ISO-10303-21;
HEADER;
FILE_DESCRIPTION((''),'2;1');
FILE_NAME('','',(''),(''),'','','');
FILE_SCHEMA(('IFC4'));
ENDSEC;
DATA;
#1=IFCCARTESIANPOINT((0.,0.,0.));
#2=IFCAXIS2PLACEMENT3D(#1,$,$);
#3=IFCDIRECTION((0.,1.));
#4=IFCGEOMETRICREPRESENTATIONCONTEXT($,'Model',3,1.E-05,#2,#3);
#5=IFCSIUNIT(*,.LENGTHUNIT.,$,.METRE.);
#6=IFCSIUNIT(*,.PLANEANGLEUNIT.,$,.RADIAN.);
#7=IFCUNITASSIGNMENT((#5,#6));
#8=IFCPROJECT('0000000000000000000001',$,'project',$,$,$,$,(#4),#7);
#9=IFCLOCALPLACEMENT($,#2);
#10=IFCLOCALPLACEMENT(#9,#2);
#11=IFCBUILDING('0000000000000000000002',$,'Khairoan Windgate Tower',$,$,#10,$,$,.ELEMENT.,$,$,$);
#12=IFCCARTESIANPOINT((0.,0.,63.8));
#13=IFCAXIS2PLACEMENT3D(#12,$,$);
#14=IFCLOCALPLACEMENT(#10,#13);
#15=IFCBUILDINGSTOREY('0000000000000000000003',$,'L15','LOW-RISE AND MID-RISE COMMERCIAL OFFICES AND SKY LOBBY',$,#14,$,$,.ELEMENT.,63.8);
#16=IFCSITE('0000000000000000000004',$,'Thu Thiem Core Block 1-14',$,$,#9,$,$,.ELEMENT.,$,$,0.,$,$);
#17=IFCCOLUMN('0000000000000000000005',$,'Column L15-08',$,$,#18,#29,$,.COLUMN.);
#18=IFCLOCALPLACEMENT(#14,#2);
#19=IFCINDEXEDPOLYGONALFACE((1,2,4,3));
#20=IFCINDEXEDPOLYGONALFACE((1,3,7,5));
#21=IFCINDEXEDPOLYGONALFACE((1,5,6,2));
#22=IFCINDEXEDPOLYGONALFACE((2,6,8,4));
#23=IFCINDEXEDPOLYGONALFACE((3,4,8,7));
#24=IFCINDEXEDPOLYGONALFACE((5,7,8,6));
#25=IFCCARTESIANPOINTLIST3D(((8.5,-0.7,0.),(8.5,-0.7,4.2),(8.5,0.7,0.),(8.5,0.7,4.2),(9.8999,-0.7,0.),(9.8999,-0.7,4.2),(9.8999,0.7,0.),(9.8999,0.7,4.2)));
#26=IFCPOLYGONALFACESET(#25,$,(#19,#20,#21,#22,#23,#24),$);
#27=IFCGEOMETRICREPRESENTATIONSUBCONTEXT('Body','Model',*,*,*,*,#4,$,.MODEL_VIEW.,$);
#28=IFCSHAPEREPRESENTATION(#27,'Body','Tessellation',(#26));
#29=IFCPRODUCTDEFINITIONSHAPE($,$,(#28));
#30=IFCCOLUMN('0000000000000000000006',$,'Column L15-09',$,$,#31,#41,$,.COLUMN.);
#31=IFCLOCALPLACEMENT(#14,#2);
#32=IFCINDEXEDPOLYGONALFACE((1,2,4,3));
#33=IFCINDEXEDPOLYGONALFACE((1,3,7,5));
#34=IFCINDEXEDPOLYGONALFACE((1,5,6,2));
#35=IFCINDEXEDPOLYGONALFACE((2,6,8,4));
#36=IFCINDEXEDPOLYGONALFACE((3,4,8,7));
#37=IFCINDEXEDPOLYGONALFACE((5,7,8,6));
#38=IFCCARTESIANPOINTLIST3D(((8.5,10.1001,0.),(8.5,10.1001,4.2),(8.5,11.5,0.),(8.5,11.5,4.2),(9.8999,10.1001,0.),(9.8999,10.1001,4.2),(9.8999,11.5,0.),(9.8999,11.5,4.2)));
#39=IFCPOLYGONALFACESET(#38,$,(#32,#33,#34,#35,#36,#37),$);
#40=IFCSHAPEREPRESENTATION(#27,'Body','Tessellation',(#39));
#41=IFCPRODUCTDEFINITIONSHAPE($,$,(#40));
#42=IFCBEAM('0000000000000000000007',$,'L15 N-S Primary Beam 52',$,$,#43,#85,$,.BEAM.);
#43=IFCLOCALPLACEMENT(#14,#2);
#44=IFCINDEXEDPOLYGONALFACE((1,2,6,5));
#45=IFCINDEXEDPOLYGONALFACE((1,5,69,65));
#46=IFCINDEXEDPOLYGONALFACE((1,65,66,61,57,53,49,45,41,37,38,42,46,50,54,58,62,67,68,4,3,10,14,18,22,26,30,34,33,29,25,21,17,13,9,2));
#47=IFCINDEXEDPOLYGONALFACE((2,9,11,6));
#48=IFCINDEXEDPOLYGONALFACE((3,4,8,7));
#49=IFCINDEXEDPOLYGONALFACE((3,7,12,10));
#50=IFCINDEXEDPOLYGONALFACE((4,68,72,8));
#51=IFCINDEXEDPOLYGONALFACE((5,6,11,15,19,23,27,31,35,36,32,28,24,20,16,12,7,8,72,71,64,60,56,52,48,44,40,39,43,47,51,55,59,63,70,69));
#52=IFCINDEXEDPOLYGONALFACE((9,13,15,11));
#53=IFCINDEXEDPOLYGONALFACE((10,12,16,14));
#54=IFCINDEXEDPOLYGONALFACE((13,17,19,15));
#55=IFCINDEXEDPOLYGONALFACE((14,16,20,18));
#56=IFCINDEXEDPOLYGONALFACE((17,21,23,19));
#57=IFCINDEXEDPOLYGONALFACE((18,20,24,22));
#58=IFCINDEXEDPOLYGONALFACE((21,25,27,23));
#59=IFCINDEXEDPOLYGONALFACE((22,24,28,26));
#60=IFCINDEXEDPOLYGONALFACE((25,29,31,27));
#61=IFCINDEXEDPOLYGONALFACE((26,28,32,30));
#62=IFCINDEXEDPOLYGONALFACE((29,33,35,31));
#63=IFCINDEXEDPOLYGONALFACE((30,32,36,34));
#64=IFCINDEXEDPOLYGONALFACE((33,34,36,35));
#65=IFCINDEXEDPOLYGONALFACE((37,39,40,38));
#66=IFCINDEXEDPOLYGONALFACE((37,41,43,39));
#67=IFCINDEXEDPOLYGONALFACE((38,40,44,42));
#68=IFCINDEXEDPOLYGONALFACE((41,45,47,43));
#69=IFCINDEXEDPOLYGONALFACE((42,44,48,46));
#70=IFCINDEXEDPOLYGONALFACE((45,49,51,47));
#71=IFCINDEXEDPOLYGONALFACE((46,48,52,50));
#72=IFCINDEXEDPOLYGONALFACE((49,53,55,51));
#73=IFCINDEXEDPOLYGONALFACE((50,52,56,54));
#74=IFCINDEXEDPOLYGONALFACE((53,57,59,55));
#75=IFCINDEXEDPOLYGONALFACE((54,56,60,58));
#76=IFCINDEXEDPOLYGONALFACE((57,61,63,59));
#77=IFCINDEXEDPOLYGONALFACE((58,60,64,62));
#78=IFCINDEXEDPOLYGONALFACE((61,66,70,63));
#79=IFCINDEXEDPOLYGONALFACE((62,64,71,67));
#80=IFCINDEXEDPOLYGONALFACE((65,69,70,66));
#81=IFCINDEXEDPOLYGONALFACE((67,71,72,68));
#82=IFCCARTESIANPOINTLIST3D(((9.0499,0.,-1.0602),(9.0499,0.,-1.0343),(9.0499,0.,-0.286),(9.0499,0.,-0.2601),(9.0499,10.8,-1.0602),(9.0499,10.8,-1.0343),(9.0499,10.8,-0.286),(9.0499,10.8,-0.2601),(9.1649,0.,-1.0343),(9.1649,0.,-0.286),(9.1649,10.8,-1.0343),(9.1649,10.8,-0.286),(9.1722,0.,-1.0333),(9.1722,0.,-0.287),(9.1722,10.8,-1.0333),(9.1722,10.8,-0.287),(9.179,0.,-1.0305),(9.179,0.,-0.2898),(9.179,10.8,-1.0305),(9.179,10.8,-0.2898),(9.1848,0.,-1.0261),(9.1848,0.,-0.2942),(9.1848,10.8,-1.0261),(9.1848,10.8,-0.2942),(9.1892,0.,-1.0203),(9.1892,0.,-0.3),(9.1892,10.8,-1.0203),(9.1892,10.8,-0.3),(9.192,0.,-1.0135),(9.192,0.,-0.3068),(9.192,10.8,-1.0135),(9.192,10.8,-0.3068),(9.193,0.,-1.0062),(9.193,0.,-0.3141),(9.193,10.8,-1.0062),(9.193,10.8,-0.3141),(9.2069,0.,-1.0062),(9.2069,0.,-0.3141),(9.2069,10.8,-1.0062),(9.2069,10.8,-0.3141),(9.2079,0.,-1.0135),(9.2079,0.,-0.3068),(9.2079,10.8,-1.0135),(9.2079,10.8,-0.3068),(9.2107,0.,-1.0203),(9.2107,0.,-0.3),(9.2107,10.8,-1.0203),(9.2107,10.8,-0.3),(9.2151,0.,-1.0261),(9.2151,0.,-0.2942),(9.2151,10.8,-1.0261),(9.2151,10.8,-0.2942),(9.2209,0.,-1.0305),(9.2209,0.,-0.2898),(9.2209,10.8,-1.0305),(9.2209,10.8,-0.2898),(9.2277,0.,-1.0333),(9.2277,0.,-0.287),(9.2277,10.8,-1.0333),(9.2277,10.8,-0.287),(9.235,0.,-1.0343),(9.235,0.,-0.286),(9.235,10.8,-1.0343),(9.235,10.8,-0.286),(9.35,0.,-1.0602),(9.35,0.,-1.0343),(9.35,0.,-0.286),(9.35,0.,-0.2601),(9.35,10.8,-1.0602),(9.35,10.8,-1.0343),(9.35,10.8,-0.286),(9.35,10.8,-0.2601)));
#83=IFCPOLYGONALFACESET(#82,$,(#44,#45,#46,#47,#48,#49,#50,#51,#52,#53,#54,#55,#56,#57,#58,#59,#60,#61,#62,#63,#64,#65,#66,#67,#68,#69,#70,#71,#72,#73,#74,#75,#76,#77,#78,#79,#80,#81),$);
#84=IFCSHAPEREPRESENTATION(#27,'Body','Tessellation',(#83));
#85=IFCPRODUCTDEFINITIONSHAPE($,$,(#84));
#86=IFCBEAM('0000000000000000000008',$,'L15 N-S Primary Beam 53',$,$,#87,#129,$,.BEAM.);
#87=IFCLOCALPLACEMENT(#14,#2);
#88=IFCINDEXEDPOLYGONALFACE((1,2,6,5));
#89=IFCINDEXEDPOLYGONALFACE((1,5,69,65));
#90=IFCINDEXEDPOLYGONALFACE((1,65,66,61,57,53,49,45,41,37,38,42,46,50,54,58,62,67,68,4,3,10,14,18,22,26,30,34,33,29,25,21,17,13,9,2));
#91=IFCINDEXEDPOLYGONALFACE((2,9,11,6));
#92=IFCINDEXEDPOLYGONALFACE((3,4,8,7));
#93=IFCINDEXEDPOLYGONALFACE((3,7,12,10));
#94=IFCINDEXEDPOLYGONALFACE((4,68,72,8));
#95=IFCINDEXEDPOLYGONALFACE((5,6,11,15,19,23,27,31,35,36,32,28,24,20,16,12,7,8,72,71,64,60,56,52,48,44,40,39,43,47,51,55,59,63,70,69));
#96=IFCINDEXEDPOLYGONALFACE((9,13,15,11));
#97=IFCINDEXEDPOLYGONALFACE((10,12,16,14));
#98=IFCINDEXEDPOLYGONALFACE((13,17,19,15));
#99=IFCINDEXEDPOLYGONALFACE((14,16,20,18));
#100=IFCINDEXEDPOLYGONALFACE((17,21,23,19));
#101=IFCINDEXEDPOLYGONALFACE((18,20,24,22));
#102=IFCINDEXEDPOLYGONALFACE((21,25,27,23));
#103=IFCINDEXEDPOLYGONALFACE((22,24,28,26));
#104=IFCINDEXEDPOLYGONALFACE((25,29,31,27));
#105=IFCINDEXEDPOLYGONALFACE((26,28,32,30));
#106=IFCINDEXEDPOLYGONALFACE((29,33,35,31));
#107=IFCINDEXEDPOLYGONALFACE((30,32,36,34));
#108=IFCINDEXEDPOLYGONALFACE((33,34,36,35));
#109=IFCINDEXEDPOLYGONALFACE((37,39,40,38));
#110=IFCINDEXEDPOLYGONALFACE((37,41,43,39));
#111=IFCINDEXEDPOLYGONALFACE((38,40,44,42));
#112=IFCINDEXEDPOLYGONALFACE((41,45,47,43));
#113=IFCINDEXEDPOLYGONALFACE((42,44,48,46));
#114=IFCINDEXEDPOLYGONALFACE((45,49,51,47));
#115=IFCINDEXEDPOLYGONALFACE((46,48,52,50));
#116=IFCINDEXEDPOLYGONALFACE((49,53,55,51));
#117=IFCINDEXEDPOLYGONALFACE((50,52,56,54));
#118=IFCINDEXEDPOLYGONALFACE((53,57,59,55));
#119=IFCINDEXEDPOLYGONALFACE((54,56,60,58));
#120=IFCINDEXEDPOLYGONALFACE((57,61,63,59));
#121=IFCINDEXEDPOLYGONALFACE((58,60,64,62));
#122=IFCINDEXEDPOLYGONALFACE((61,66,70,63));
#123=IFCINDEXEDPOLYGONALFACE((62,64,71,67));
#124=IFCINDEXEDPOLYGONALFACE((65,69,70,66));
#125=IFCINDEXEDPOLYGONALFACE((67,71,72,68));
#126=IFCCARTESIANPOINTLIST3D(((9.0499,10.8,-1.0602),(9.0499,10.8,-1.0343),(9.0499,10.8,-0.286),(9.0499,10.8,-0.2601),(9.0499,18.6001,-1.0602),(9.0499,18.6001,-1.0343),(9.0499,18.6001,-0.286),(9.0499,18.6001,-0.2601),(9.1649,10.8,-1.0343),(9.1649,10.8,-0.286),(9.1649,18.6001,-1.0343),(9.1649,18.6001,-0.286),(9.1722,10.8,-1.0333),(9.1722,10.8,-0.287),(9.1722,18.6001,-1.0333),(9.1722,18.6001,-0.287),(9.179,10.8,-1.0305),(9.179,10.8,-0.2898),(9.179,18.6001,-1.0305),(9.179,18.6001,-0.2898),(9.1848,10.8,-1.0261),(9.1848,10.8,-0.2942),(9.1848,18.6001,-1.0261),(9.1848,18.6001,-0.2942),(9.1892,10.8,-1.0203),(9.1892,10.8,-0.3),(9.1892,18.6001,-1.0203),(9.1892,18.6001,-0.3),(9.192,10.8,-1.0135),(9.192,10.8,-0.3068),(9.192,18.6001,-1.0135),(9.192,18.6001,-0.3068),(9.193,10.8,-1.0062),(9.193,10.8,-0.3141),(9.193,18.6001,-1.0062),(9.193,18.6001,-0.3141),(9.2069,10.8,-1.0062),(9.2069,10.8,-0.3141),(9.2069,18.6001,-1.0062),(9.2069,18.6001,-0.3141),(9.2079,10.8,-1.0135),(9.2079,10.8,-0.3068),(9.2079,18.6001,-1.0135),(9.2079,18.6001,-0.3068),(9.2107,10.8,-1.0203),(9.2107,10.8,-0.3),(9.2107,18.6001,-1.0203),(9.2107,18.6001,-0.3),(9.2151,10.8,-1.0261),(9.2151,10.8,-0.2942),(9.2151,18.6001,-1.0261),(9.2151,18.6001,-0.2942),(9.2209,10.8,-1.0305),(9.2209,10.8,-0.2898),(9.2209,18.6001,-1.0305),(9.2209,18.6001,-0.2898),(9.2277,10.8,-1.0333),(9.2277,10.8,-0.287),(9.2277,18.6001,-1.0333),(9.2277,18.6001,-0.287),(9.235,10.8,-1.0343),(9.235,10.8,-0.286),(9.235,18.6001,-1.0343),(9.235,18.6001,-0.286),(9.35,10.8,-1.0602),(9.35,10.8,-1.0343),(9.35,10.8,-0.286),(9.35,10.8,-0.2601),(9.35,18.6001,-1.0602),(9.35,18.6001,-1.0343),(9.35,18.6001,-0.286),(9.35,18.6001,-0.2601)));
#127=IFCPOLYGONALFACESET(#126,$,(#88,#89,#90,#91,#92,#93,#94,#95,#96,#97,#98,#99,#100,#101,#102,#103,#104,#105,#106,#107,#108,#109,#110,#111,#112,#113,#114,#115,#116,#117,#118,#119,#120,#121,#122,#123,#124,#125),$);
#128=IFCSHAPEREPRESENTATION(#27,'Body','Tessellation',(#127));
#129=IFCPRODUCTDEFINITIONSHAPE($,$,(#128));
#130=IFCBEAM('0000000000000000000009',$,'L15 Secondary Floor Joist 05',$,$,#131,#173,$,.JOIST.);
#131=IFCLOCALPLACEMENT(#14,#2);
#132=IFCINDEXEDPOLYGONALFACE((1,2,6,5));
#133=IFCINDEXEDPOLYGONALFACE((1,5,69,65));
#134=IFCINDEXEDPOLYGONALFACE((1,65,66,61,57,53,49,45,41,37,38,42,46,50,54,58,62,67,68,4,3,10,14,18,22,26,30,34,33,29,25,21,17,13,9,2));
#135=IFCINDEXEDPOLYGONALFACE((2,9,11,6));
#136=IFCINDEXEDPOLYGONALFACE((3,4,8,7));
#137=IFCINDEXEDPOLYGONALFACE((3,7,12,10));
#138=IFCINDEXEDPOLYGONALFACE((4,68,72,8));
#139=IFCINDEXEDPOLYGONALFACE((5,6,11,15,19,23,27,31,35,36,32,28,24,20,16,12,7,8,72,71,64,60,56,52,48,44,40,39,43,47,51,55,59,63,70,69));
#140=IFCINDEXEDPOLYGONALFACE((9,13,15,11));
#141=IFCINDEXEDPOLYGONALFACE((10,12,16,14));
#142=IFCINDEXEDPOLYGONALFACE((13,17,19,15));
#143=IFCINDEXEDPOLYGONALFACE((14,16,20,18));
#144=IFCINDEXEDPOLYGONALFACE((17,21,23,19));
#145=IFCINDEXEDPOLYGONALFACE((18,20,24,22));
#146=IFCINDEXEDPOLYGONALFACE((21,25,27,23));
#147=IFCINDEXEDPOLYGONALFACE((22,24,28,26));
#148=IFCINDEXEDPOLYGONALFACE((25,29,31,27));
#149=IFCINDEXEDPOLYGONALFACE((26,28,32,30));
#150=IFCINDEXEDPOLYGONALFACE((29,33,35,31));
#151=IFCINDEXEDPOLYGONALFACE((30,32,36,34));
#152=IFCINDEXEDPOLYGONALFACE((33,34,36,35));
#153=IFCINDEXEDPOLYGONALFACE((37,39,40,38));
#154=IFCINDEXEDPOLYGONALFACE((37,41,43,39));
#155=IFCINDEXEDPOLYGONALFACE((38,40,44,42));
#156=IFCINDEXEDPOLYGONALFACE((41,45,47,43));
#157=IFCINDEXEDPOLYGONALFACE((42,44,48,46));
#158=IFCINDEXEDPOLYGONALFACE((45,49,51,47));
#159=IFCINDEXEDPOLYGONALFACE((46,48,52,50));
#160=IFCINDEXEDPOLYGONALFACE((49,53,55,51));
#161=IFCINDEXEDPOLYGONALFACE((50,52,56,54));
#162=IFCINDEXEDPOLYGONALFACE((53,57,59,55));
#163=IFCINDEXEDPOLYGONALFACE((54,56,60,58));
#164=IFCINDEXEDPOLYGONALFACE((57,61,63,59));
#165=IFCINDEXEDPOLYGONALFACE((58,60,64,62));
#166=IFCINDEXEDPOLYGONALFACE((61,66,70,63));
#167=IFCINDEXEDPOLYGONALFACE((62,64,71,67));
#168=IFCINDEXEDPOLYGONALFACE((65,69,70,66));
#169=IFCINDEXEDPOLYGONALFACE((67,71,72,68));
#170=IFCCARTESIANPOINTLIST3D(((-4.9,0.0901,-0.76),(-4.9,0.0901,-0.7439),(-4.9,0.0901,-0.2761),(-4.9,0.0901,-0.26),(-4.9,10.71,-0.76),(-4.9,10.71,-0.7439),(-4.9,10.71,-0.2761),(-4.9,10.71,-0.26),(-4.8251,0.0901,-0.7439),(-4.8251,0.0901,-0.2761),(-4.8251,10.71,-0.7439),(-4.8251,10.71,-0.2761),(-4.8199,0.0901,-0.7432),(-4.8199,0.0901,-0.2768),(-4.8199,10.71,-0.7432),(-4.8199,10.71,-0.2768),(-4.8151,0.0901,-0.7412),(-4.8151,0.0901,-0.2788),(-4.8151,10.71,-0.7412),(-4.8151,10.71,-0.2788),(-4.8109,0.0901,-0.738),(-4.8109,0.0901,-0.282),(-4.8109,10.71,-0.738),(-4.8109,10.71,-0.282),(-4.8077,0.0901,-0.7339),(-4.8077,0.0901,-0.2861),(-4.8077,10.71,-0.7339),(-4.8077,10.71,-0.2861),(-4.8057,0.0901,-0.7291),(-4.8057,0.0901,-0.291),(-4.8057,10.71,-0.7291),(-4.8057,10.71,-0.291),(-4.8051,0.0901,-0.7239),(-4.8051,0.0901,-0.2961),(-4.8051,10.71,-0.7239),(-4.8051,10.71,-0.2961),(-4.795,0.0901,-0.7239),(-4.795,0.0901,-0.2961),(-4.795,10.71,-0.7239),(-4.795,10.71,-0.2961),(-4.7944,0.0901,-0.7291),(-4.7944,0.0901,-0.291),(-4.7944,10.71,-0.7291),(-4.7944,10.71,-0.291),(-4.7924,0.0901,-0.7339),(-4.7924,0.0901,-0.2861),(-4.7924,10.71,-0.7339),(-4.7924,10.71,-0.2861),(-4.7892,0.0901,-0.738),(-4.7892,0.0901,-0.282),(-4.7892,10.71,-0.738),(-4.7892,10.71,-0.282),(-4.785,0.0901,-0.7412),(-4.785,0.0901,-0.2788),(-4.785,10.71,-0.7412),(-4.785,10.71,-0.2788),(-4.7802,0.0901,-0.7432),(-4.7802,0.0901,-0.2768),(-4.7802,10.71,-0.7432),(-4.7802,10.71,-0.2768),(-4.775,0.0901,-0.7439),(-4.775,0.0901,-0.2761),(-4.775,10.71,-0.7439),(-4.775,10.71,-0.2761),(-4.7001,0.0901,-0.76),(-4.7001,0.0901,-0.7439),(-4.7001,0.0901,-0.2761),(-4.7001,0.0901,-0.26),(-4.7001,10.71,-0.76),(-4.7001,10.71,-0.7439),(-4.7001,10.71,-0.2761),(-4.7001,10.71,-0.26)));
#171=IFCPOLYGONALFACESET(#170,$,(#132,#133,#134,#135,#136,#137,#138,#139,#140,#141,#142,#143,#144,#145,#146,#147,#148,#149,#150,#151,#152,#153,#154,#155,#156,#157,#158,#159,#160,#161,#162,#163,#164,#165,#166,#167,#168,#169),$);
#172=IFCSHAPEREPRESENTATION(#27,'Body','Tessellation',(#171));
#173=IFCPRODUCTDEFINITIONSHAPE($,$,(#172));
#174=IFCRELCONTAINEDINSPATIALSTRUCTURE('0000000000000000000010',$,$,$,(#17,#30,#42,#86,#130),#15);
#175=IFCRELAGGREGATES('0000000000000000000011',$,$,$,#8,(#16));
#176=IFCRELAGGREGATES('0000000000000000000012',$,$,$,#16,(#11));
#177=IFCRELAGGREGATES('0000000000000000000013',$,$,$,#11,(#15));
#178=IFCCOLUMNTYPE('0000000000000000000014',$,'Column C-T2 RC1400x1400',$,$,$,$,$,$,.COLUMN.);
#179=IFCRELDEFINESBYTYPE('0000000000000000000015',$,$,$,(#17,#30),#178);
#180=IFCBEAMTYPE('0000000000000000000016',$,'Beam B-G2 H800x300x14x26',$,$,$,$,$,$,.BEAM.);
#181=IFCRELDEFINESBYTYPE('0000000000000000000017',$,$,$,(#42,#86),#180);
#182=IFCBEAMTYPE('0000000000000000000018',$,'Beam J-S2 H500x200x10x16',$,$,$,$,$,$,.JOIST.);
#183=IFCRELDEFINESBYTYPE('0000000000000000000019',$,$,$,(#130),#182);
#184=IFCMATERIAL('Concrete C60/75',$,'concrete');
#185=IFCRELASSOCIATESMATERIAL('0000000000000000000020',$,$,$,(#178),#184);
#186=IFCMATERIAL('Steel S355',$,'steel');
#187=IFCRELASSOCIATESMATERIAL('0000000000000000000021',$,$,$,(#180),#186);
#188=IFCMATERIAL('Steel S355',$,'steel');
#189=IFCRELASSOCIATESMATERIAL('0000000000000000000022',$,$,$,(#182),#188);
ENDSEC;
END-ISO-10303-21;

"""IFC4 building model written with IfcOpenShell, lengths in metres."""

from ifc_helpers import new_model, si_unit, direction, frame, origin, origin_2d, place, context, subcontext, project, spatial, rectangle, i_section, extrude, material, material_profile, profile_set, type_object, element, save


model = new_model("IFC4")

# Units and contexts
model_context = context("Model", 3, precision=1e-05, world=origin(), true_north=direction((0.0, 1.0)))
body_context = subcontext(model_context, "Body", "Model", "MODEL_VIEW")
ifc_project = project(units=[si_unit("LENGTHUNIT", "METRE"), si_unit("PLANEANGLEUNIT", "RADIAN")], contexts=[model_context])

# Site, building, storey
site_placement = place(None, origin())
site = spatial("IfcSite", under=ifc_project, at=site_placement, Name="Thu Thiem Core Block 1-14", CompositionType="ELEMENT", RefElevation=0.0)
building_placement = place(site_placement, origin())
building = spatial("IfcBuilding", under=site, at=building_placement, Name="Khairoan Windgate Tower", CompositionType="ELEMENT")
storey_placement = place(building_placement, frame((0.0, 0.0, 63.8)))
storey = spatial("IfcBuildingStorey", under=building, at=storey_placement, Name="L15", Description="LOW-RISE AND MID-RISE COMMERCIAL OFFICES AND SKY LOBBY", CompositionType="ELEMENT", Elevation=63.8)

# Columns
ifc_material_1 = material(Name="Concrete C60/75", Category="concrete")
ifc_material_profile_1 = material_profile(ifc_material_1, rectangle(XDim=1.3999, YDim=1.3999, at=origin_2d()))
ifc_profile_set_1 = profile_set([ifc_material_profile_1], Name="Concrete C60/75")
column_type = type_object("IfcColumnType", Name="Column C-T2 RC1400x1400", PredefinedType="COLUMN", material=ifc_profile_set_1)
for number, where, z_axis, x_axis, name in (
    (1, (9.2, 0.0, 0.0), (0.0, 0.0, 1.0), (1.0, 0.0, 0.0), "Column L15-08"),
    (2, (9.2, 10.8, 0.0), (0.0, 0.0, 1.0), (1.0, 0.0, 0.0), "Column L15-09"),
):
    element("IfcColumn", number, at=place(storey_placement, frame(where, z_axis=z_axis, x_axis=x_axis)), inside=storey, type_object=column_type, Name=name, PredefinedType="COLUMN", context=body_context, shape_type="SweptSolid", body=[
        extrude(rectangle(XDim=1.3999, YDim=1.3999, at=origin_2d()), origin(), (0.0, 0.0, 1.0), 4.2),
    ])

# Beams
ifc_material_2 = material(Name="Steel S355", Category="steel")
ifc_material_profile_2 = material_profile(ifc_material_2, i_section(OverallWidth=0.3, OverallDepth=0.8, WebThickness=0.0139, FlangeThickness=0.0259, FilletRadius=0.0281, at=origin_2d()))
ifc_profile_set_2 = profile_set([ifc_material_profile_2], Name="Steel S355")
beam_type_1 = type_object("IfcBeamType", Name="Beam B-G2 H800x300x14x26", PredefinedType="BEAM", material=ifc_profile_set_2)
beam_1_placement = place(storey_placement, frame((9.2, 0.0, -0.6602), z_axis=(0.0, 1.0, 0.0), x_axis=(-1.0, 0.0, 0.0)))
element("IfcBeam", 3, at=beam_1_placement, inside=storey, type_object=beam_type_1, Name="L15 N-S Primary Beam 52", PredefinedType="BEAM", context=body_context, shape_type="SweptSolid", body=[
    extrude(i_section(OverallWidth=0.3, OverallDepth=0.8, WebThickness=0.0139, FlangeThickness=0.0259, FilletRadius=0.0281, at=origin_2d()), origin(), (0.0, 0.0, 1.0), 10.8),
])
beam_2_placement = place(storey_placement, frame((9.2, 10.8, -0.6602), z_axis=(0.0, 1.0, 0.0), x_axis=(-1.0, 0.0, 0.0)))
element("IfcBeam", 4, at=beam_2_placement, inside=storey, type_object=beam_type_1, Name="L15 N-S Primary Beam 53", PredefinedType="BEAM", context=body_context, shape_type="SweptSolid", body=[
    extrude(i_section(OverallWidth=0.3, OverallDepth=0.8, WebThickness=0.0139, FlangeThickness=0.0259, FilletRadius=0.0281, at=origin_2d()), origin(), (0.0, 0.0, 1.0), 7.8),
])
ifc_material_3 = material(Name="Steel S355", Category="steel")
ifc_material_profile_3 = material_profile(ifc_material_3, i_section(OverallWidth=0.2, OverallDepth=0.5, WebThickness=0.01, FlangeThickness=0.0161, FilletRadius=0.02, at=origin_2d()))
ifc_profile_set_3 = profile_set([ifc_material_profile_3], Name="Steel S355")
beam_type_2 = type_object("IfcBeamType", Name="Beam J-S2 H500x200x10x16", PredefinedType="JOIST", material=ifc_profile_set_3)
beam_3_placement = place(storey_placement, frame((-4.8, 0.0901, -0.51), z_axis=(0.0, 1.0, 0.0), x_axis=(-1.0, 0.0, 0.0)))
element("IfcBeam", 5, at=beam_3_placement, inside=storey, type_object=beam_type_2, Name="L15 Secondary Floor Joist 05", PredefinedType="JOIST", context=body_context, shape_type="SweptSolid", body=[
    extrude(i_section(OverallWidth=0.2, OverallDepth=0.5, WebThickness=0.01, FlangeThickness=0.0161, FilletRadius=0.02, at=origin_2d()), origin(), (0.0, 0.0, 1.0), 10.6199),
])

save(model, "model.ifc")
